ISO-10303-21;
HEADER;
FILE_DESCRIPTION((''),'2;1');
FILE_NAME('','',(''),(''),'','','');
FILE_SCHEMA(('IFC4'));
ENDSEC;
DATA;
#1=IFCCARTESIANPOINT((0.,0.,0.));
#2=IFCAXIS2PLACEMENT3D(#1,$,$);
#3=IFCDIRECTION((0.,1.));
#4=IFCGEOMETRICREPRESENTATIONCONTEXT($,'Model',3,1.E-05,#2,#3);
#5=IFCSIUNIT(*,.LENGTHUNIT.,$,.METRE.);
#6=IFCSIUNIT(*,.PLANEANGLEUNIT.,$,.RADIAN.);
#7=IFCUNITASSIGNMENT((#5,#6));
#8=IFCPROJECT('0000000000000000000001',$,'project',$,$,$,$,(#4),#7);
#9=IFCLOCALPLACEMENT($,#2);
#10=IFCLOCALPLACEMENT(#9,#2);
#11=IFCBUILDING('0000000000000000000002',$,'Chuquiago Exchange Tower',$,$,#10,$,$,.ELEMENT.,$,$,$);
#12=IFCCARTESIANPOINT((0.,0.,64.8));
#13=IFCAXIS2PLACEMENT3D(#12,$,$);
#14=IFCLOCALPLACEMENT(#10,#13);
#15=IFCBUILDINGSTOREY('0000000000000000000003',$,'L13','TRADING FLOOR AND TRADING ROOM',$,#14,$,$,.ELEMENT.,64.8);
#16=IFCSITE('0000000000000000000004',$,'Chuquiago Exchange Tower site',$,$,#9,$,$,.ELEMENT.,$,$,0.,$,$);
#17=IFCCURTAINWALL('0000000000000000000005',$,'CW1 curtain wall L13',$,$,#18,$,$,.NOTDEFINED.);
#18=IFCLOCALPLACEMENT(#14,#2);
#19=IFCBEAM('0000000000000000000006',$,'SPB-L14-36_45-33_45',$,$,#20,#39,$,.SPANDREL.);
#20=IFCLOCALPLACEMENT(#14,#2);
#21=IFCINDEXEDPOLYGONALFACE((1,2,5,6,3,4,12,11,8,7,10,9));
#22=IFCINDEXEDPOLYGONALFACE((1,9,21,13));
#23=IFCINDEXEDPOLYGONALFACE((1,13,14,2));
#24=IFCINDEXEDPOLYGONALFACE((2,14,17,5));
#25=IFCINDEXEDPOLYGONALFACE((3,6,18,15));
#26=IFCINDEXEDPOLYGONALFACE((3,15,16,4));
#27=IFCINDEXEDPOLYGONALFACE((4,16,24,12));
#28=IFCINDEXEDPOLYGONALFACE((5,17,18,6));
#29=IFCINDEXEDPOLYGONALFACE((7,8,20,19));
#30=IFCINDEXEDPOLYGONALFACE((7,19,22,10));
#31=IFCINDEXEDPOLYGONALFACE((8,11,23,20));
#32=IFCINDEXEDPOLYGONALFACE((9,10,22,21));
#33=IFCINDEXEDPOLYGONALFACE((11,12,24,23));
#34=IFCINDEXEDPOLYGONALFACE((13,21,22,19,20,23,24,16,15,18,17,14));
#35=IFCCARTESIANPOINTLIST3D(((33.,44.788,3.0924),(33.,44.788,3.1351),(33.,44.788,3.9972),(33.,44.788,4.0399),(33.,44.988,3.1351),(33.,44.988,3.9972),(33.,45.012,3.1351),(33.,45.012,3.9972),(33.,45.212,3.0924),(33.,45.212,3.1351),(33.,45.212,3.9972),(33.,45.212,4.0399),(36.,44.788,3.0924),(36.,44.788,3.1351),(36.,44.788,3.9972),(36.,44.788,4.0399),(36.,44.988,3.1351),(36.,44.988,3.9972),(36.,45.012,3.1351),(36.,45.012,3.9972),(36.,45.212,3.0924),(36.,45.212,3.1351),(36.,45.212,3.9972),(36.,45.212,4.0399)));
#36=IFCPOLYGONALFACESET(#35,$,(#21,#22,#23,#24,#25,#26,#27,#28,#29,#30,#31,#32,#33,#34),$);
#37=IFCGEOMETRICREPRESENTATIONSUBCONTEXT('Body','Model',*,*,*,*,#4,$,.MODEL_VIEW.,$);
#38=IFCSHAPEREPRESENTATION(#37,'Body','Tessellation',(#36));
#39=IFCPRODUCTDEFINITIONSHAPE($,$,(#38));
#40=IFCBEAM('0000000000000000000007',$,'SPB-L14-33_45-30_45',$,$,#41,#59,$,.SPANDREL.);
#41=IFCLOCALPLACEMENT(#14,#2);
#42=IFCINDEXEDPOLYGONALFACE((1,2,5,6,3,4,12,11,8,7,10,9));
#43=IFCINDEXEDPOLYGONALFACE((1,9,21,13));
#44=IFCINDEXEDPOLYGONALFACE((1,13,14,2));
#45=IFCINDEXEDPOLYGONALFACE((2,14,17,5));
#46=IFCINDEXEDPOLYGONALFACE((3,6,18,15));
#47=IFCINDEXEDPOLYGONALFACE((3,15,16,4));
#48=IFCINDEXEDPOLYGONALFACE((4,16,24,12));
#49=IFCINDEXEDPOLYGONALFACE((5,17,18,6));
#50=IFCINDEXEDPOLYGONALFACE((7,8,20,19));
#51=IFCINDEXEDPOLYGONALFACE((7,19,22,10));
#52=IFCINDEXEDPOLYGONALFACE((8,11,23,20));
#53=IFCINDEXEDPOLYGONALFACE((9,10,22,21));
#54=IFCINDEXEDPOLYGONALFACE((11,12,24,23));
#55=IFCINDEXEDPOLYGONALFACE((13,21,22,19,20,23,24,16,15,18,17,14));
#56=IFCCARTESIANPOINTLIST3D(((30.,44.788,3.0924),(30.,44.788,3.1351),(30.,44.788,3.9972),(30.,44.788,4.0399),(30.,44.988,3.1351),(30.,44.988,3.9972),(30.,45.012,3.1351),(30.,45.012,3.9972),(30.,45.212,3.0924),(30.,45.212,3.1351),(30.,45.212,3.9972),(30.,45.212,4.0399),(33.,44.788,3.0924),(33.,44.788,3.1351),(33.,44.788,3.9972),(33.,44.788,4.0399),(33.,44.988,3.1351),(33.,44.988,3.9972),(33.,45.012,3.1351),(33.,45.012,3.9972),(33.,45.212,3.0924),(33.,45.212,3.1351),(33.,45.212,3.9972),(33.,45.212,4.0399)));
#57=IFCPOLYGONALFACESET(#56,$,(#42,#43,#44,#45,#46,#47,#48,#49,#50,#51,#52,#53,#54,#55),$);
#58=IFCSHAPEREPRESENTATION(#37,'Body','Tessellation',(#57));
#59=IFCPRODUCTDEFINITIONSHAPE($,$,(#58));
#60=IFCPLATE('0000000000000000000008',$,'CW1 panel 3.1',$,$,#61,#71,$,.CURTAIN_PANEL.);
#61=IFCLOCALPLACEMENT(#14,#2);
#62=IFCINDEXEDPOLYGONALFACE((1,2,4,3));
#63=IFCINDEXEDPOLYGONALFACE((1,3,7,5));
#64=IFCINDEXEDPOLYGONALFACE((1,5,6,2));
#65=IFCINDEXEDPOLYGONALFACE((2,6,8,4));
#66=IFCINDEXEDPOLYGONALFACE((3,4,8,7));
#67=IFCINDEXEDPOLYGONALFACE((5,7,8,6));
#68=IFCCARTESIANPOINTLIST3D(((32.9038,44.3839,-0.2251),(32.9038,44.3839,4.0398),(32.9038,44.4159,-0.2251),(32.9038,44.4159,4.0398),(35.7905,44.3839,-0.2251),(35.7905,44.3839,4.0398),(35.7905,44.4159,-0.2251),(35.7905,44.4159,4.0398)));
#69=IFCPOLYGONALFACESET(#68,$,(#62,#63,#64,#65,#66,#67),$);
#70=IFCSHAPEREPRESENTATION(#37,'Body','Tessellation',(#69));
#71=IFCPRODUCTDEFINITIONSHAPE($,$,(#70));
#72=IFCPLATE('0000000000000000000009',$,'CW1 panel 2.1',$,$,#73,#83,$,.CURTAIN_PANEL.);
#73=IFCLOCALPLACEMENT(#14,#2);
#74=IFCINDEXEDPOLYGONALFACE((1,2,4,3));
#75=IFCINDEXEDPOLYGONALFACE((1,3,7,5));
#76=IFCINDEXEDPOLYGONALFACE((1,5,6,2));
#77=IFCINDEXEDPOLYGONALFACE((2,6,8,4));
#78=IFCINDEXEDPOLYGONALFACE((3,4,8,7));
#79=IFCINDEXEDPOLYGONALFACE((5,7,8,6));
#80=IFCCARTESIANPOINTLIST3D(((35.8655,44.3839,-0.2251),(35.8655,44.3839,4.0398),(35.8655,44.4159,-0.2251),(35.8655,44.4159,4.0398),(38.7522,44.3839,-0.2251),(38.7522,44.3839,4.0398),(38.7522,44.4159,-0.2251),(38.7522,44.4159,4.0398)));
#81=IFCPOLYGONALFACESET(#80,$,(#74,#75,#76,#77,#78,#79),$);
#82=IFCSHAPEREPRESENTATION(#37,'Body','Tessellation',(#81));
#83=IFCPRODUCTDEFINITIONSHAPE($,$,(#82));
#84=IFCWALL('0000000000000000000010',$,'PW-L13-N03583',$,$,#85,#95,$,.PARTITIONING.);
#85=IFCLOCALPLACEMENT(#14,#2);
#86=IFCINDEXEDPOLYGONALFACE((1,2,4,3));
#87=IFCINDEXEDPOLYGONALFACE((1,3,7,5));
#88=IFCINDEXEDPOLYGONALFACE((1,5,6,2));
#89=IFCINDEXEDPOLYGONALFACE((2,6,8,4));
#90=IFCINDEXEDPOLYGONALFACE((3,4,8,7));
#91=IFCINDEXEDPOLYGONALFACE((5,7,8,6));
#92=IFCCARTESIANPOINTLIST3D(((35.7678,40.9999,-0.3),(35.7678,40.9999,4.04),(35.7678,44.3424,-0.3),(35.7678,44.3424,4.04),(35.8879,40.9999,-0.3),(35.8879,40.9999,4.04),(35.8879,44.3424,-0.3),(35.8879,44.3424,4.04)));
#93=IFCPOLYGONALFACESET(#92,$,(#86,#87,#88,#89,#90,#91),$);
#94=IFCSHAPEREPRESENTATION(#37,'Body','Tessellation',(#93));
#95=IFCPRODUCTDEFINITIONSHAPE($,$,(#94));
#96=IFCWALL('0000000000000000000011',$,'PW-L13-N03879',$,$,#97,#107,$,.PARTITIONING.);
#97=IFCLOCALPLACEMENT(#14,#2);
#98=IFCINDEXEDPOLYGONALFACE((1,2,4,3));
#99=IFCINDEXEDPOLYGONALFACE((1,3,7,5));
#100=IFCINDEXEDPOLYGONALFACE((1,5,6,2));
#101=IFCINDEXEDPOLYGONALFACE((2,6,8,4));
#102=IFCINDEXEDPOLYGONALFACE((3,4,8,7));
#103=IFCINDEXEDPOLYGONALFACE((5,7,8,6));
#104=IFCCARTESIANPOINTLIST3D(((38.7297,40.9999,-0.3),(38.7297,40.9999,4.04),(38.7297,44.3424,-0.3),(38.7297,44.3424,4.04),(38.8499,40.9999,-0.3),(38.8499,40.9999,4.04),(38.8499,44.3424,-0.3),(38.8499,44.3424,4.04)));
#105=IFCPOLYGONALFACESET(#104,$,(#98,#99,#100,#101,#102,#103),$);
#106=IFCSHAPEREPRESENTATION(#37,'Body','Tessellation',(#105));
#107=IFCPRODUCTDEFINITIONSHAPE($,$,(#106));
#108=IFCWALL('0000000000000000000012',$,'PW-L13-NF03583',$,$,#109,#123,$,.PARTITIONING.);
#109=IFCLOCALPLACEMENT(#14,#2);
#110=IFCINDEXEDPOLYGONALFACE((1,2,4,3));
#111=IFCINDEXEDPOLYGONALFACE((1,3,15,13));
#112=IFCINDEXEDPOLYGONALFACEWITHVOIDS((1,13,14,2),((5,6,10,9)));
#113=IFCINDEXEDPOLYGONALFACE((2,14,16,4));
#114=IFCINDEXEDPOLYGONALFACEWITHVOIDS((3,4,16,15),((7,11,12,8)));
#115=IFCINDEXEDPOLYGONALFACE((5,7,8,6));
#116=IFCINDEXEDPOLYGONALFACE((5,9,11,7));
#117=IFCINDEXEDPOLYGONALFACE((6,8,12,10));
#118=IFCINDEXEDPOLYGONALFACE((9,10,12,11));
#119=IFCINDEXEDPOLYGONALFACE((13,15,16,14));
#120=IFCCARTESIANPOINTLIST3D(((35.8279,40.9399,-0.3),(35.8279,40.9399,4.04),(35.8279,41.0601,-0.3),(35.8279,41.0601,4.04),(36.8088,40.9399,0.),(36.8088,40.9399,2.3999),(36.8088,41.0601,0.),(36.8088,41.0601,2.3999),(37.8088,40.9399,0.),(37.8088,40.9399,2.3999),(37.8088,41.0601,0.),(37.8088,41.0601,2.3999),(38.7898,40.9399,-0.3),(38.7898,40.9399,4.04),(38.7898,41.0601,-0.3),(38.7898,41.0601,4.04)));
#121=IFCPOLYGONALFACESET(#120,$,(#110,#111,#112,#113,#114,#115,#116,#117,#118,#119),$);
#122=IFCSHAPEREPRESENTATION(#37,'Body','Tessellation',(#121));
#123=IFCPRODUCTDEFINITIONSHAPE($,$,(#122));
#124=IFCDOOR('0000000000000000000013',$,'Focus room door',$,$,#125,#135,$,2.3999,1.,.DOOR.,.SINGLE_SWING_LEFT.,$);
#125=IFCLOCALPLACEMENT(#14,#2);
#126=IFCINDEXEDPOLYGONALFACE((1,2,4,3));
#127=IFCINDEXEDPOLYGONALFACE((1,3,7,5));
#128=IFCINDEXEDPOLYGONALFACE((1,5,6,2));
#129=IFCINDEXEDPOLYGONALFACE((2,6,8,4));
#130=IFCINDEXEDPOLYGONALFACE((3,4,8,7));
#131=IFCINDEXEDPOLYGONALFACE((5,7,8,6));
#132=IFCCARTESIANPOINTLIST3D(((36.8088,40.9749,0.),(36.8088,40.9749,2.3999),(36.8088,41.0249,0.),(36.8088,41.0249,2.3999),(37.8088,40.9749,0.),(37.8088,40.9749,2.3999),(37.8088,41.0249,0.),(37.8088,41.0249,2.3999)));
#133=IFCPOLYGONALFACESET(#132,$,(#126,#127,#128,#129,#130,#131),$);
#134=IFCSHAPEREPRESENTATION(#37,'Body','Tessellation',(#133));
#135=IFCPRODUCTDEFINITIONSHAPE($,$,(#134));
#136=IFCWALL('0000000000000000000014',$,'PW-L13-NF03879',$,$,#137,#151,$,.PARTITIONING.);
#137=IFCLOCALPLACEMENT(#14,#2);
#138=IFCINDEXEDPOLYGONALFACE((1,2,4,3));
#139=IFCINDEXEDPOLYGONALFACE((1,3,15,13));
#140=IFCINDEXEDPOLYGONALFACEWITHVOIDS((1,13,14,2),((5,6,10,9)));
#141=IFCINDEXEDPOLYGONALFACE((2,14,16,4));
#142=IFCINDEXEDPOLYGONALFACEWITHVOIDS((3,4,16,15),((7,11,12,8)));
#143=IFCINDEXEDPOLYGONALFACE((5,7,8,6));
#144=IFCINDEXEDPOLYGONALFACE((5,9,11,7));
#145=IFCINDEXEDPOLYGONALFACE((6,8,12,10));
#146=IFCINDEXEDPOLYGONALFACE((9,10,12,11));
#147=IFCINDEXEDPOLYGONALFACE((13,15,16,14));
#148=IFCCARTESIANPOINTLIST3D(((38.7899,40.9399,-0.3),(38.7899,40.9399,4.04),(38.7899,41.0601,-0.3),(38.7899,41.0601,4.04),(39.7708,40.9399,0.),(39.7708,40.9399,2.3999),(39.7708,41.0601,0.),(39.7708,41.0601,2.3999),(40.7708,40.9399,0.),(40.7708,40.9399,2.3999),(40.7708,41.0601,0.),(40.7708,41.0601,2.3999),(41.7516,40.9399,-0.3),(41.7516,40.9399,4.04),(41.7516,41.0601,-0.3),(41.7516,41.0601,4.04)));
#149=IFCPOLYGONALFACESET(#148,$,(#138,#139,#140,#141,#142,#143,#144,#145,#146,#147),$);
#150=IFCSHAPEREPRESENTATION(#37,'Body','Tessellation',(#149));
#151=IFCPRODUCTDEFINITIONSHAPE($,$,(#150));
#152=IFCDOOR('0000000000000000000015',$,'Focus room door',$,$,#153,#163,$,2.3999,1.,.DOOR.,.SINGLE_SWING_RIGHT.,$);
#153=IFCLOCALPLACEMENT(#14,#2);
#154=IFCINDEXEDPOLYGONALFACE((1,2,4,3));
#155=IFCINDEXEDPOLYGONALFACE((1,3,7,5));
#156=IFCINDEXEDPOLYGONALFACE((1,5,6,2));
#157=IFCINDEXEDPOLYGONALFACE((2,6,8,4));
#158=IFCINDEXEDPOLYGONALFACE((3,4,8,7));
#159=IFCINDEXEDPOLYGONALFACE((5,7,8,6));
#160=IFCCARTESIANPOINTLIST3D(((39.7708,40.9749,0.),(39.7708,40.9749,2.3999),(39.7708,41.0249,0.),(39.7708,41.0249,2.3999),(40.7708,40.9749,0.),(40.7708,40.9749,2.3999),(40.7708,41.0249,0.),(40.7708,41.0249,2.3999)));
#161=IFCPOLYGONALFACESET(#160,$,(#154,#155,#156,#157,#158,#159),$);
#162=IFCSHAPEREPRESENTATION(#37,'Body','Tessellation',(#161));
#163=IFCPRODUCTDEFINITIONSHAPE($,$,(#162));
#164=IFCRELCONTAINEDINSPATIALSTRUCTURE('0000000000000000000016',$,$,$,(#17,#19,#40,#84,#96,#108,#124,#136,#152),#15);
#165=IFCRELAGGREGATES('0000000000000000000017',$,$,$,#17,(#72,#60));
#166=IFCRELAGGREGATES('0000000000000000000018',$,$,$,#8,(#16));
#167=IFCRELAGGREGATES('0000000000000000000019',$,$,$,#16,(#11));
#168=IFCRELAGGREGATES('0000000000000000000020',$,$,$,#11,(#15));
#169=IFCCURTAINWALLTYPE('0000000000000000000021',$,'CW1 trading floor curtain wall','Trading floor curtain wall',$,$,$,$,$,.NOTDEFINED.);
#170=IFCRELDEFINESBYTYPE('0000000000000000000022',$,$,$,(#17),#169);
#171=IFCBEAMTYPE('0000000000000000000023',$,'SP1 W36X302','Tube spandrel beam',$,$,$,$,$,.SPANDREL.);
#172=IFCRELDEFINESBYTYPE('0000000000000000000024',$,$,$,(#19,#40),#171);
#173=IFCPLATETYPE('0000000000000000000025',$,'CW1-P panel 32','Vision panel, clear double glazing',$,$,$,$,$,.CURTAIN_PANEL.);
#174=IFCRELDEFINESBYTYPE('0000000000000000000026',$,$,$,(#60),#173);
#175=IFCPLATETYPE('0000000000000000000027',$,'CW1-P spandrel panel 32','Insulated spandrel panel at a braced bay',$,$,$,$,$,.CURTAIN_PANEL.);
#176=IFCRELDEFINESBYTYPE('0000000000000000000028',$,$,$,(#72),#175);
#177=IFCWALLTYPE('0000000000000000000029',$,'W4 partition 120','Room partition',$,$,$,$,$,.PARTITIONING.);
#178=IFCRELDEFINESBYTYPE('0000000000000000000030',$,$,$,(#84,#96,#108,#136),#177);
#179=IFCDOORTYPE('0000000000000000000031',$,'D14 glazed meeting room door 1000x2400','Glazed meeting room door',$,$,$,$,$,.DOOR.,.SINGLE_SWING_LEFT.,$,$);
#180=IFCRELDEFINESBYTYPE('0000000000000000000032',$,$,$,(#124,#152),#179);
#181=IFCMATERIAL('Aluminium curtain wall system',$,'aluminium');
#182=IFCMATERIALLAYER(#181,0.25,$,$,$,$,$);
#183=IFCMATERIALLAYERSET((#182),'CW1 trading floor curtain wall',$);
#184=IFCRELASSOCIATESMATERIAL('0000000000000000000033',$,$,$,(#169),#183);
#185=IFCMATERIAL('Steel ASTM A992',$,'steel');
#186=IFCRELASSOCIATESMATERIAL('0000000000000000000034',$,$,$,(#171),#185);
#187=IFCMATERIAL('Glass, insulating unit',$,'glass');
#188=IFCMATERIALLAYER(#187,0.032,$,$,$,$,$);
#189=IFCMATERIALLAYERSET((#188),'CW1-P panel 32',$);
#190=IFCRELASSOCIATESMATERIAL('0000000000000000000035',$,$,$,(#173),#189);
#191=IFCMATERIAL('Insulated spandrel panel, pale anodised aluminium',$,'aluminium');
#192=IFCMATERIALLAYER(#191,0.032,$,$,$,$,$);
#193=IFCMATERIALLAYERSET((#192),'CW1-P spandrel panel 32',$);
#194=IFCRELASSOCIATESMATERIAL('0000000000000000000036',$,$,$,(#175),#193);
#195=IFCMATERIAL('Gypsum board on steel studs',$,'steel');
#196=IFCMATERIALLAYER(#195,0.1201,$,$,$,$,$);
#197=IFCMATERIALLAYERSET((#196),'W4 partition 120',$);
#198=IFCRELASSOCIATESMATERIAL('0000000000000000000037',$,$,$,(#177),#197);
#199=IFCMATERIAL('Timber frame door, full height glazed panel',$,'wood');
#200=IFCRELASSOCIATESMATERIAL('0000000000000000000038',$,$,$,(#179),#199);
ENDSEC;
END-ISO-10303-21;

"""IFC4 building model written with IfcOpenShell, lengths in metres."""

from ifc_helpers import new_model, si_unit, direction, frame, frame_2d, origin, origin_2d, place, context, subcontext, project, spatial, rectangle, i_section, extrude, material, layer, layer_set, material_profile, profile_set, type_object, element, fill, aggregate, save


model = new_model("IFC4")

# Units and contexts
model_context = context("Model", 3, precision=1e-05, world=origin(), true_north=direction((0.0, 1.0)))
body_context = subcontext(model_context, "Body", "Model", "MODEL_VIEW")
ifc_project = project(units=[si_unit("LENGTHUNIT", "METRE"), si_unit("PLANEANGLEUNIT", "RADIAN")], contexts=[model_context])

# Site, building, storey
site_placement = place(None, origin())
site = spatial("IfcSite", under=ifc_project, at=site_placement, Name="Chuquiago Exchange Tower site", CompositionType="ELEMENT", RefElevation=0.0)
building_placement = place(site_placement, origin())
building = spatial("IfcBuilding", under=site, at=building_placement, Name="Chuquiago Exchange Tower", CompositionType="ELEMENT")
storey_placement = place(building_placement, frame((0.0, 0.0, 64.8)))
storey = spatial("IfcBuildingStorey", under=building, at=storey_placement, Name="L13", Description="TRADING FLOOR AND TRADING ROOM", CompositionType="ELEMENT", Elevation=64.8)

# Curtain wall
ifc_material_1 = material(Name="Aluminium curtain wall system", Category="aluminium")
ifc_layer_1 = layer(ifc_material_1, 0.25)
ifc_layer_set_1 = layer_set([ifc_layer_1], Name="CW1 trading floor curtain wall")
curtain_wall_type = type_object("IfcCurtainWallType", Name="CW1 trading floor curtain wall", Description="Trading floor curtain wall", PredefinedType="NOTDEFINED", material=ifc_layer_set_1)
curtain_wall_placement = place(storey_placement, origin())
curtain_wall = element("IfcCurtainWall", 1, at=curtain_wall_placement, inside=storey, type_object=curtain_wall_type, Name="CW1 curtain wall L13", PredefinedType="NOTDEFINED")

# Beams
ifc_material_2 = material(Name="Steel ASTM A992", Category="steel")
ifc_material_profile_1 = material_profile(ifc_material_2, i_section(OverallWidth=0.4241, OverallDepth=0.9475, WebThickness=0.0239, FlangeThickness=0.0427, at=origin_2d()), Name="W36X302")
ifc_profile_set_1 = profile_set([ifc_material_profile_1], Name="Steel ASTM A992")
beam_type_1 = type_object("IfcBeamType", Name="SP1 W36X302", Description="Tube spandrel beam", PredefinedType="SPANDREL", material=ifc_profile_set_1)
for number, where, z_axis, x_axis, name in (
    (2, (36.0, 45.0, 3.5662), (-1.0, 0.0, 0.0), (0.0, -1.0, 0.0), "SPB-L14-36_45-33_45"),
    (3, (33.0, 45.0, 3.5662), (-1.0, 0.0, 0.0), (0.0, -1.0, 0.0), "SPB-L14-33_45-30_45"),
):
    element("IfcBeam", number, at=place(storey_placement, frame(where, z_axis=z_axis, x_axis=x_axis)), inside=storey, type_object=beam_type_1, Name=name, PredefinedType="SPANDREL", context=body_context, shape_type="SweptSolid", body=[
        extrude(i_section(OverallWidth=0.4241, OverallDepth=0.9475, WebThickness=0.0239, FlangeThickness=0.0427, at=origin_2d()), origin(), (0.0, 0.0, 1.0), 3.0),
    ])

# Plates
ifc_material_3 = material(Name="Glass, insulating unit", Category="glass")
ifc_layer_2 = layer(ifc_material_3, 0.032)
ifc_layer_set_2 = layer_set([ifc_layer_2], Name="CW1-P panel 32")
plate_type_1 = type_object("IfcPlateType", Name="CW1-P panel 32", Description="Vision panel, clear double glazing", PredefinedType="CURTAIN_PANEL", material=ifc_layer_set_2)
plate_1_placement = place(storey_placement, frame((34.3472, 44.3999, -0.2251), z_axis=(0.0, 0.0, 1.0), x_axis=(-1.0, 0.0, 0.0)))
plate_1 = element("IfcPlate", 4, at=plate_1_placement, type_object=plate_type_1, Name="CW1 panel 3.1", PredefinedType="CURTAIN_PANEL", context=body_context, shape_type="SweptSolid", body=[
    extrude(rectangle(XDim=2.8867, YDim=0.032, at=origin_2d()), origin(), (0.0, 0.0, 1.0), 4.2649),
])
ifc_material_4 = material(Name="Insulated spandrel panel, pale anodised aluminium", Category="aluminium")
ifc_layer_3 = layer(ifc_material_4, 0.032)
ifc_layer_set_3 = layer_set([ifc_layer_3], Name="CW1-P spandrel panel 32")
plate_type_2 = type_object("IfcPlateType", Name="CW1-P spandrel panel 32", Description="Insulated spandrel panel at a braced bay", PredefinedType="CURTAIN_PANEL", material=ifc_layer_set_3)
plate_2_placement = place(storey_placement, frame((37.3088, 44.3999, -0.2251), z_axis=(0.0, 0.0, 1.0), x_axis=(-1.0, 0.0, 0.0)))
plate_2 = element("IfcPlate", 5, at=plate_2_placement, type_object=plate_type_2, Name="CW1 panel 2.1", PredefinedType="CURTAIN_PANEL", context=body_context, shape_type="SweptSolid", body=[
    extrude(rectangle(XDim=2.8867, YDim=0.032, at=origin_2d()), origin(), (0.0, 0.0, 1.0), 4.2649),
])
aggregate(curtain_wall, [plate_2, plate_1])

# Walls
ifc_material_5 = material(Name="Gypsum board on steel studs", Category="steel")
ifc_layer_4 = layer(ifc_material_5, 0.1201)
ifc_layer_set_4 = layer_set([ifc_layer_4], Name="W4 partition 120")
wall_type = type_object("IfcWallType", Name="W4 partition 120", Description="Room partition", PredefinedType="PARTITIONING", material=ifc_layer_set_4)
for number, where, z_axis, x_axis, name in (
    (6, (35.8279, 44.3425, -0.3), (0.0, 0.0, 1.0), (0.0, -1.0, 0.0), "PW-L13-N03583"),
    (7, (38.7898, 44.3425, -0.3), (0.0, 0.0, 1.0), (0.0, -1.0, 0.0), "PW-L13-N03879"),
):
    element("IfcWall", number, at=place(storey_placement, frame(where, z_axis=z_axis, x_axis=x_axis)), inside=storey, type_object=wall_type, Name=name, PredefinedType="PARTITIONING", context=body_context, shape_type="SweptSolid", body=[
        extrude(rectangle(XDim=3.3425, YDim=0.1201, at=frame_2d((1.6714, 0.0))), origin(), (0.0, 0.0, 1.0), 4.3401),
    ])

# Walls, openings, doors
wall_1_placement = place(storey_placement, frame((35.8279, 41.0, -0.3), z_axis=(0.0, 0.0, 1.0), x_axis=(1.0, 0.0, 0.0)))
wall_1 = element("IfcWall", 8, at=wall_1_placement, inside=storey, type_object=wall_type, Name="PW-L13-NF03583", PredefinedType="PARTITIONING", context=body_context, shape_type="SweptSolid", body=[
    extrude(rectangle(XDim=2.9619, YDim=0.1201, at=frame_2d((1.481, 0.0))), origin(), (0.0, 0.0, 1.0), 4.3401),
])
opening_1_placement = place(wall_1_placement, frame((0.981, 0.0, 0.3)))
opening_1 = element("IfcOpeningElement", 9, at=opening_1_placement, cuts=wall_1, PredefinedType="OPENING", context=body_context, shape_type="SweptSolid", body=[
    extrude(rectangle(XDim=1.0, YDim=2.3999, at=frame_2d((0.5, 1.2))), frame((0.0, 0.0701, 0.0), z_axis=(0.0, -1.0, 0.0), x_axis=(1.0, 0.0, 0.0)), (0.0, 0.0, 1.0), 0.1401),
])
ifc_material_6 = material(Name="Timber frame door, full height glazed panel", Category="wood")
door_type = type_object("IfcDoorType", Name="D14 glazed meeting room door 1000x2400", Description="Glazed meeting room door", OperationType="SINGLE_SWING_LEFT", PredefinedType="DOOR", material=ifc_material_6)
door_1_placement = place(opening_1_placement, origin())
door_1 = element("IfcDoor", 10, at=door_1_placement, inside=storey, type_object=door_type, Name="Focus room door", OperationType="SINGLE_SWING_LEFT", OverallHeight=2.3999, OverallWidth=1.0, PredefinedType="DOOR", context=body_context, shape_type="SweptSolid", body=[
    extrude(rectangle(XDim=1.0, YDim=2.3999, at=frame_2d((0.5, 1.2))), frame((0.0, 0.0249, 0.0), z_axis=(0.0, -1.0, 0.0), x_axis=(1.0, 0.0, 0.0)), (0.0, 0.0, 1.0), 0.05),
])
fill(opening_1, door_1)
wall_2_placement = place(storey_placement, frame((38.7898, 41.0, -0.3), z_axis=(0.0, 0.0, 1.0), x_axis=(1.0, 0.0, 0.0)))
wall_2 = element("IfcWall", 11, at=wall_2_placement, inside=storey, type_object=wall_type, Name="PW-L13-NF03879", PredefinedType="PARTITIONING", context=body_context, shape_type="SweptSolid", body=[
    extrude(rectangle(XDim=2.9617, YDim=0.1201, at=frame_2d((1.481, 0.0))), origin(), (0.0, 0.0, 1.0), 4.3401),
])
opening_2_placement = place(wall_2_placement, frame((0.981, 0.0, 0.3)))
opening_2 = element("IfcOpeningElement", 12, at=opening_2_placement, cuts=wall_2, PredefinedType="OPENING", context=body_context, shape_type="SweptSolid", body=[
    extrude(rectangle(XDim=1.0, YDim=2.3999, at=frame_2d((0.5, 1.2))), frame((0.0, 0.0701, 0.0), z_axis=(0.0, -1.0, 0.0), x_axis=(1.0, 0.0, 0.0)), (0.0, 0.0, 1.0), 0.1401),
])
door_2_placement = place(opening_2_placement, origin())
door_2 = element("IfcDoor", 13, at=door_2_placement, inside=storey, type_object=door_type, Name="Focus room door", OperationType="SINGLE_SWING_RIGHT", OverallHeight=2.3999, OverallWidth=1.0, PredefinedType="DOOR", context=body_context, shape_type="SweptSolid", body=[
    extrude(rectangle(XDim=1.0, YDim=2.3999, at=frame_2d((0.5, 1.2))), frame((0.0, 0.0249, 0.0), z_axis=(0.0, -1.0, 0.0), x_axis=(1.0, 0.0, 0.0)), (0.0, 0.0, 1.0), 0.05),
])
fill(opening_2, door_2)

save(model, "model.ifc")
